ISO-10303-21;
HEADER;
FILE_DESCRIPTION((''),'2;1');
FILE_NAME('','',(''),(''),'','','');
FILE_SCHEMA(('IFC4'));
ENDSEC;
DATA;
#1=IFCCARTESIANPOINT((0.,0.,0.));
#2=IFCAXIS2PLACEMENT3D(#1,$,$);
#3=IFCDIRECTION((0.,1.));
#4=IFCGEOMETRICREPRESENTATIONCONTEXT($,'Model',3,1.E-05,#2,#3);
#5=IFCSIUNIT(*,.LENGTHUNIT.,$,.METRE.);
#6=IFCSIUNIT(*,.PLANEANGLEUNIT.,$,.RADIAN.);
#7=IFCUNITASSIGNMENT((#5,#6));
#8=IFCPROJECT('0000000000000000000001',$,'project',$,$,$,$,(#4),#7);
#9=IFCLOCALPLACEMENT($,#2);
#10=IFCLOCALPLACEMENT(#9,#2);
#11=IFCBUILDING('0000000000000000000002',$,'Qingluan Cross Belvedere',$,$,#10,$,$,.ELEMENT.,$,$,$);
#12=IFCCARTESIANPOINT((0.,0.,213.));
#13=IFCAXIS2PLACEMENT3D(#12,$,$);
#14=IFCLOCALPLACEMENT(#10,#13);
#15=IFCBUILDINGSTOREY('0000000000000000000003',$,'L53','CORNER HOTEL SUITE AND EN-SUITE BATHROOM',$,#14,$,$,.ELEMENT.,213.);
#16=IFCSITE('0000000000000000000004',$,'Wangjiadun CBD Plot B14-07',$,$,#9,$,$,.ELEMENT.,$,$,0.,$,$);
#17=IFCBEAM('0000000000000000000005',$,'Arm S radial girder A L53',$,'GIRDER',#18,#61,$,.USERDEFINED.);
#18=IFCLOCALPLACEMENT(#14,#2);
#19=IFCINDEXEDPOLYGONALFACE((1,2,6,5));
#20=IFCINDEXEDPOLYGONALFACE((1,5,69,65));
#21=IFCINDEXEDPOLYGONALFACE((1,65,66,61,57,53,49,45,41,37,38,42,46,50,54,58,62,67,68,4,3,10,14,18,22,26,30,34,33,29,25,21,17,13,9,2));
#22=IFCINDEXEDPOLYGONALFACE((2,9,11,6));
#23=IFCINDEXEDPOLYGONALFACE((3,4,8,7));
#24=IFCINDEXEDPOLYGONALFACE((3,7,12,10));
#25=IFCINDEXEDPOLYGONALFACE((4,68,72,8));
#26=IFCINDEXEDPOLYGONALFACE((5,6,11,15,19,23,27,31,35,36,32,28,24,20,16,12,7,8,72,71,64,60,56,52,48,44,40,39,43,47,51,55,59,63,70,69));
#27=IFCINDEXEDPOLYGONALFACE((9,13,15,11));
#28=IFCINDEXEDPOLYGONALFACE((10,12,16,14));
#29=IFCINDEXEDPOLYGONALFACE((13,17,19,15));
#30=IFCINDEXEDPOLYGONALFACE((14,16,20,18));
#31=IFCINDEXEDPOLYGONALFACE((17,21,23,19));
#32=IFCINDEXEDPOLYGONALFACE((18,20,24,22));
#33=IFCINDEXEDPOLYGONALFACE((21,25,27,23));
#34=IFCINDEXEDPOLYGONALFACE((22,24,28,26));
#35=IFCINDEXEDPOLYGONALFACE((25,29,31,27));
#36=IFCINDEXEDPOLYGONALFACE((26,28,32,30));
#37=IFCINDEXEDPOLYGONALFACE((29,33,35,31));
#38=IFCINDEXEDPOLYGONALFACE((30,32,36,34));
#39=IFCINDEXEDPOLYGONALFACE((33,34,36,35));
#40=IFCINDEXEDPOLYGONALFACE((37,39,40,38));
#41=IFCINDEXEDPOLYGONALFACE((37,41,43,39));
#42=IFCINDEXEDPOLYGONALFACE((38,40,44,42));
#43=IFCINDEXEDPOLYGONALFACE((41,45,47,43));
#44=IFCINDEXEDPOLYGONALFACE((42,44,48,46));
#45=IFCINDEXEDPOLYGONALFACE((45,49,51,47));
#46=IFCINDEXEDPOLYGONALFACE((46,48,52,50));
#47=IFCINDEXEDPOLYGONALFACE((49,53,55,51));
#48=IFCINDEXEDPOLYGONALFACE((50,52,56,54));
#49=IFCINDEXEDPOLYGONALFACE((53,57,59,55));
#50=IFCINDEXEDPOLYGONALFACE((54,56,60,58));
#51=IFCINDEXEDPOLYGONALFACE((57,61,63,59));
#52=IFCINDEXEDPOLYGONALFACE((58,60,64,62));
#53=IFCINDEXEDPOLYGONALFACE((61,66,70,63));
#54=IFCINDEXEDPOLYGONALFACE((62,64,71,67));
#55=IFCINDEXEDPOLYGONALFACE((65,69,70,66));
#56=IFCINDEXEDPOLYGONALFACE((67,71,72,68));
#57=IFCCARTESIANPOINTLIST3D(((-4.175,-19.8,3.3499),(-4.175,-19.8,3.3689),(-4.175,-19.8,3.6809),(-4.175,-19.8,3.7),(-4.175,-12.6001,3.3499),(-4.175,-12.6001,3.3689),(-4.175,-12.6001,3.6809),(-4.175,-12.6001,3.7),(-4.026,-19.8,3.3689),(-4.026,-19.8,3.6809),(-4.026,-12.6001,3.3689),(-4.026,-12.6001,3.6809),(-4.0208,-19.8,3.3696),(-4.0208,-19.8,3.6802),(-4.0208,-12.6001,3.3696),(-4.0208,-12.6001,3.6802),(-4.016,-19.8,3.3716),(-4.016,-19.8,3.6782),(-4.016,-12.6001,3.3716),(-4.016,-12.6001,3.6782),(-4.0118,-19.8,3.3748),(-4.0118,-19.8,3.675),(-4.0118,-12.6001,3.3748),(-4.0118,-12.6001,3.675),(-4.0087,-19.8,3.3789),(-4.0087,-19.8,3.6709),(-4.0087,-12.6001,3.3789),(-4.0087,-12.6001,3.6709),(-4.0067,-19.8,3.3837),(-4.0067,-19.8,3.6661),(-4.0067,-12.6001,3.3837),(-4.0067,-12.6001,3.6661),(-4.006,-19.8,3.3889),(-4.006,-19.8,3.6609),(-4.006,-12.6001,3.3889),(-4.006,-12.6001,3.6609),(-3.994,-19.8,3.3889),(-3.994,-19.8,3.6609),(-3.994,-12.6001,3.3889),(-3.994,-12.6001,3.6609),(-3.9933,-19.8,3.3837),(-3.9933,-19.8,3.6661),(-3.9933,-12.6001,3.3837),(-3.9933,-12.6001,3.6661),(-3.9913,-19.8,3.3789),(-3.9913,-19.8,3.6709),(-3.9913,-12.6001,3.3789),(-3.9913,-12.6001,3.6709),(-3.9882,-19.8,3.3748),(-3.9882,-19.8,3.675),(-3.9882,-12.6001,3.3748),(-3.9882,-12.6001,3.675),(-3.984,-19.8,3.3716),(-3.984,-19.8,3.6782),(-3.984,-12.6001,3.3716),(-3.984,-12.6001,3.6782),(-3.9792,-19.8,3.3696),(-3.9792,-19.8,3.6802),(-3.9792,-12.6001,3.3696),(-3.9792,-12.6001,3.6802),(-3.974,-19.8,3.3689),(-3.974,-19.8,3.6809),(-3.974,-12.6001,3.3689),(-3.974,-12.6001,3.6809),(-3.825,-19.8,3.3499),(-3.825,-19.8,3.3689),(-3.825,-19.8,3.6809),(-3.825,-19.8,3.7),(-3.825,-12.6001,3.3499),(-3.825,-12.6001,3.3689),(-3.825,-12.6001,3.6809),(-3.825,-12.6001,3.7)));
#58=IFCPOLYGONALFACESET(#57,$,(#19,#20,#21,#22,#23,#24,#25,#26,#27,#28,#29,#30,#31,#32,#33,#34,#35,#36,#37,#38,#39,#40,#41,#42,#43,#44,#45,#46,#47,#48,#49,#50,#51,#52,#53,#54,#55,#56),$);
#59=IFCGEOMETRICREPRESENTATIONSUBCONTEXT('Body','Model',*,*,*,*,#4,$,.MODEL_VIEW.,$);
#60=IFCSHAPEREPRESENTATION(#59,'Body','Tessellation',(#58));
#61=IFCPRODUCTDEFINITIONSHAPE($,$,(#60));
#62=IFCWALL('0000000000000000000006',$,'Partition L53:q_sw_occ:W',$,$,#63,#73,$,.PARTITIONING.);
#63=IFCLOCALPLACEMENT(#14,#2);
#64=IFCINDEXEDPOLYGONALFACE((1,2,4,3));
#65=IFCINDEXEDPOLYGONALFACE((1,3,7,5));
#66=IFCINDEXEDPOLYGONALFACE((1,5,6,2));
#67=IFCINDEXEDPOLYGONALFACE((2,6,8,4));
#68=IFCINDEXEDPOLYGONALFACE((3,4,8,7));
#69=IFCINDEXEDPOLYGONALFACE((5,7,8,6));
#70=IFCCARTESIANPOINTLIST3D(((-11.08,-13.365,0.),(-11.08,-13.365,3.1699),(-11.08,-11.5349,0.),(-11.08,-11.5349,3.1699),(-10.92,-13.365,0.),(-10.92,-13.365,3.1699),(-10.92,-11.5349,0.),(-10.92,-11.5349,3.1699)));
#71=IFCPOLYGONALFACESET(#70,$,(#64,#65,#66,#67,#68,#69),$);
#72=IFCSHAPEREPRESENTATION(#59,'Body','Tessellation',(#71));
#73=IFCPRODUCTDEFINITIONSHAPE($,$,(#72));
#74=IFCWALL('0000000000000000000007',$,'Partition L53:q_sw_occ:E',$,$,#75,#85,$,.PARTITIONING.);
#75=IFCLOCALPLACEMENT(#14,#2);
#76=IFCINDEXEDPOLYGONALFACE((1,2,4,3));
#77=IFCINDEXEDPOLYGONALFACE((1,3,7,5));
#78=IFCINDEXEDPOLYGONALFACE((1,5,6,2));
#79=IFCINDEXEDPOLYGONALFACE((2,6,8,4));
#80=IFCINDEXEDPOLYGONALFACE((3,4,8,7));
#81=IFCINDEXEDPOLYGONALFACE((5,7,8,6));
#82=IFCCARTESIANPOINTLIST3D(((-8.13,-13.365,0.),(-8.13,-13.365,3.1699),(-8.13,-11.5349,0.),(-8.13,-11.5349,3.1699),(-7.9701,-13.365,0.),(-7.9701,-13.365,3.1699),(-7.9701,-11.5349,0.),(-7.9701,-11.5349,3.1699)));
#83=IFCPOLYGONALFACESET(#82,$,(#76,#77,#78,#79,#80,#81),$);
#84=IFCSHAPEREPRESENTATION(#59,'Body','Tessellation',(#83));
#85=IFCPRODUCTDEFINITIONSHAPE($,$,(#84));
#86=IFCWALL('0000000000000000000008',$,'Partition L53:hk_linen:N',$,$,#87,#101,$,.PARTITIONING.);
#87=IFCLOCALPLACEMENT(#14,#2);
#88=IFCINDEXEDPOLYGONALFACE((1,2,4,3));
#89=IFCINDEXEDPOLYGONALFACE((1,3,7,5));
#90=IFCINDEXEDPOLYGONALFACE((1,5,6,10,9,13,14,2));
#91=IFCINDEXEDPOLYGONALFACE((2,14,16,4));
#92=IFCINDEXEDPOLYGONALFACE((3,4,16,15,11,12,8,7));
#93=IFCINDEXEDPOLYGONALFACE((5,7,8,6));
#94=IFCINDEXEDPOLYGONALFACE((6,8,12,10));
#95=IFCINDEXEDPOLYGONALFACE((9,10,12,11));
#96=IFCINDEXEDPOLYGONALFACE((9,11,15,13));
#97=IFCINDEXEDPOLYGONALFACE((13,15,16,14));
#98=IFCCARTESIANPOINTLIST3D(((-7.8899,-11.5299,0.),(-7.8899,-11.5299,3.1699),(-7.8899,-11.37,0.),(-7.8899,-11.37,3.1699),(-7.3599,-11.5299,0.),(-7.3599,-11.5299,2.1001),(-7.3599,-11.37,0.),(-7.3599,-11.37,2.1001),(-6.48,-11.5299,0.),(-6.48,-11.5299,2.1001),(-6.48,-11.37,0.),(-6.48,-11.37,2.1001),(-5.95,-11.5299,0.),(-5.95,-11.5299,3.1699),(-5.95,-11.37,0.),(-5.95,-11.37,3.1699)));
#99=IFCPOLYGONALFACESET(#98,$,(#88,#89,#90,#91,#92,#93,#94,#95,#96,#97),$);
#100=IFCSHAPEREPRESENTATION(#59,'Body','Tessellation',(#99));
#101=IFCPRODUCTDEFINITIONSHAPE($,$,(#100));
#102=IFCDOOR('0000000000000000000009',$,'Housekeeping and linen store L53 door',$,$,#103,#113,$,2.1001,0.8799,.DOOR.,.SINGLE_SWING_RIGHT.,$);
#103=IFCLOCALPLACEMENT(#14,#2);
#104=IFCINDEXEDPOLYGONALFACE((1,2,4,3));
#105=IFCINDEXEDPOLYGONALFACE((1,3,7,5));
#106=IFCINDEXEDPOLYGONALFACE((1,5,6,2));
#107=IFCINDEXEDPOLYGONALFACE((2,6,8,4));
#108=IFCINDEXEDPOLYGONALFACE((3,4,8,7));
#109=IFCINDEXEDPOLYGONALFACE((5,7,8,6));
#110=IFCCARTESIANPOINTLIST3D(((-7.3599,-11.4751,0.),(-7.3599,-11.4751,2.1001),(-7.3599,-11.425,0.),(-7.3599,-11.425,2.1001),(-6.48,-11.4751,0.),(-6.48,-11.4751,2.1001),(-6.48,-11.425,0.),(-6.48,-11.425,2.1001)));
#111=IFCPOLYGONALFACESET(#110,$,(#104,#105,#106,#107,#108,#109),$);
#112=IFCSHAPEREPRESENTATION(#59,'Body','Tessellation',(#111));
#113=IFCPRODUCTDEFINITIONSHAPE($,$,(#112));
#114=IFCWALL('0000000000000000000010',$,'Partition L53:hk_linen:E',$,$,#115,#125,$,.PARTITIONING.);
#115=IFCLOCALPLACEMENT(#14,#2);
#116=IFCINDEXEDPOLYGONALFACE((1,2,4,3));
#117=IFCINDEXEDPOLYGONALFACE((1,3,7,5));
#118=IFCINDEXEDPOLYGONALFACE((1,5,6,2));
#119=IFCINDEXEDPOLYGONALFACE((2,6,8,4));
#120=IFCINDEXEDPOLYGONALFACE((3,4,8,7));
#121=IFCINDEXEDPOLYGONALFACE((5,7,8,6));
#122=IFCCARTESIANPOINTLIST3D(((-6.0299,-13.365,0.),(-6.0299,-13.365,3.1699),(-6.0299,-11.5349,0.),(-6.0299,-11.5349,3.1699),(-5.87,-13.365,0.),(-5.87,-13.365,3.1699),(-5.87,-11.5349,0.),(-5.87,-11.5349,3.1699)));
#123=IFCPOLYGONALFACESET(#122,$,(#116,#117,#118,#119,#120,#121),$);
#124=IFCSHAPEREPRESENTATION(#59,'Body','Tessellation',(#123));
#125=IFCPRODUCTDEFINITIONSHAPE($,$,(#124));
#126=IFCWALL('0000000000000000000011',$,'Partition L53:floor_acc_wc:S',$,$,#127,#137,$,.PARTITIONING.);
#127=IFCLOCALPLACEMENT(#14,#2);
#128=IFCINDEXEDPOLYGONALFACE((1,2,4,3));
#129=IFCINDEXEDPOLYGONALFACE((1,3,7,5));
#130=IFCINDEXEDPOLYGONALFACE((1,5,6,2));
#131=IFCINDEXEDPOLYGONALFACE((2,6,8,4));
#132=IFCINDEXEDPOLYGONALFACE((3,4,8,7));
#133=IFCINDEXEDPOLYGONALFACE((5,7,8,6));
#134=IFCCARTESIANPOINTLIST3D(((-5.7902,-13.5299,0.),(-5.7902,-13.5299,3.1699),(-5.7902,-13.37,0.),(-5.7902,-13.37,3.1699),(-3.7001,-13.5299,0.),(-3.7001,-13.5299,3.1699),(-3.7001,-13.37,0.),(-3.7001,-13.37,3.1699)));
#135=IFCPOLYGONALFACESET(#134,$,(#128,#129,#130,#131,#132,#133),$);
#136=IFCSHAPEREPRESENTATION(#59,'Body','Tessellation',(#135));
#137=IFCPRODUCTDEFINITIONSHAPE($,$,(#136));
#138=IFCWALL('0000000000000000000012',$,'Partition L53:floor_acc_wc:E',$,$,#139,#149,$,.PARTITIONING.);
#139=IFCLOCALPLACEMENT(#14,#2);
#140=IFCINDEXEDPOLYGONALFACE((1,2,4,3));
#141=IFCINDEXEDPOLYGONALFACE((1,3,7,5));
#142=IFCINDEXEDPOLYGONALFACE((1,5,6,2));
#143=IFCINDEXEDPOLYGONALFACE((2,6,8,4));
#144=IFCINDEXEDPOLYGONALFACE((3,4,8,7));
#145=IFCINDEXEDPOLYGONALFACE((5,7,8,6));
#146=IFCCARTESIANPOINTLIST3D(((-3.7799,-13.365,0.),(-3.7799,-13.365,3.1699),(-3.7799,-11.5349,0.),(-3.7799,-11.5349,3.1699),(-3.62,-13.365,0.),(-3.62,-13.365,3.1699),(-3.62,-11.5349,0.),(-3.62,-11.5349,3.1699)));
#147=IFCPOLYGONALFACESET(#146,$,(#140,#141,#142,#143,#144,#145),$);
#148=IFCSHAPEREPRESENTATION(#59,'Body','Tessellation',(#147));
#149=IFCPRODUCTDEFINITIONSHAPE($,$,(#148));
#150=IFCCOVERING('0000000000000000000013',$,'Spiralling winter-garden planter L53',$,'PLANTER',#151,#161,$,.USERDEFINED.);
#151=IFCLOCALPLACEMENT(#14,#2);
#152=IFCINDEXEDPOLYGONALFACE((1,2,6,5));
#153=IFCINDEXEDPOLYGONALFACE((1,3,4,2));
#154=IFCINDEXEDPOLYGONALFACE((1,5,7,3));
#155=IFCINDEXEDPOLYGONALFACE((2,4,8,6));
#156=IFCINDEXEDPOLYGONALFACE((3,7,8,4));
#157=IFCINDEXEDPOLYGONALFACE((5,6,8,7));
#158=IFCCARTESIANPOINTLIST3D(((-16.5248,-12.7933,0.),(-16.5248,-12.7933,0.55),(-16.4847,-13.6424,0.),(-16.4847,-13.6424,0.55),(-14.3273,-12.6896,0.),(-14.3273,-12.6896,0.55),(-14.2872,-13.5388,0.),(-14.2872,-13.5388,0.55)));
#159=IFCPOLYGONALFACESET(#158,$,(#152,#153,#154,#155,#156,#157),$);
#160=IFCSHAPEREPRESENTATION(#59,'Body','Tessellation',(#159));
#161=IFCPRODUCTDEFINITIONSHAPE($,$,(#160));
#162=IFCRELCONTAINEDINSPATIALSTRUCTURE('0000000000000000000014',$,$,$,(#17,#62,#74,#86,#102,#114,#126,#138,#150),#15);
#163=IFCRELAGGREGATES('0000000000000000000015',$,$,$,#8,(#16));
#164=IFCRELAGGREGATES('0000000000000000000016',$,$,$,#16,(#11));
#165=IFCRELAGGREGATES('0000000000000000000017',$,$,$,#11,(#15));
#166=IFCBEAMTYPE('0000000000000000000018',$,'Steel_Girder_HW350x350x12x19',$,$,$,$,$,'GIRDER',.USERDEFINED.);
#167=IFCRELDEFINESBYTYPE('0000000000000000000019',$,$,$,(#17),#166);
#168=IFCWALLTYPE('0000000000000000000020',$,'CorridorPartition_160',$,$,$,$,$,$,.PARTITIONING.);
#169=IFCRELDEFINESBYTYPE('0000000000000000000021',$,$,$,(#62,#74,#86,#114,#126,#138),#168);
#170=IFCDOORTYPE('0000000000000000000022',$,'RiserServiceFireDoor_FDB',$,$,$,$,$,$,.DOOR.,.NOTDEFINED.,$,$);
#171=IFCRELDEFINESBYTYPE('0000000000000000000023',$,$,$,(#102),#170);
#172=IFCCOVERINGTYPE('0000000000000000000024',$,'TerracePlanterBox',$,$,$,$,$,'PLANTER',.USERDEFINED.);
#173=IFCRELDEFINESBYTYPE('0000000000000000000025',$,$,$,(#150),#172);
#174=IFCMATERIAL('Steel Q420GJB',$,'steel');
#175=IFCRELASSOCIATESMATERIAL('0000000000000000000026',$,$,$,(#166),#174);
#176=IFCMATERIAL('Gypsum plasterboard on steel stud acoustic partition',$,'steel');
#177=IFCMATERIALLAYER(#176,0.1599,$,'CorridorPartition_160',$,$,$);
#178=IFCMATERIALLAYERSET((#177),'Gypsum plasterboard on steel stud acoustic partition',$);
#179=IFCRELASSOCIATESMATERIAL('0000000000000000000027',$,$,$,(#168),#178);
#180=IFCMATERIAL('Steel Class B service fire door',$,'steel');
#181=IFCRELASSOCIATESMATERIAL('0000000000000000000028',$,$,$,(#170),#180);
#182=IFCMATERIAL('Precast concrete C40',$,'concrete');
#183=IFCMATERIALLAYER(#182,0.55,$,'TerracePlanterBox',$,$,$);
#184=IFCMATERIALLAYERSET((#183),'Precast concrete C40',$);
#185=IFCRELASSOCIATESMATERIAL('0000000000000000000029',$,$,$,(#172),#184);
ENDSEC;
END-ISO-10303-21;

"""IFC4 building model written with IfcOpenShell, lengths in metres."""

from ifc_helpers import new_model, si_unit, direction, frame, frame_2d, origin, origin_2d, place, context, subcontext, project, spatial, rectangle, i_section, extrude, material, layer, layer_set, material_profile, profile_set, type_object, element, fill, save


model = new_model("IFC4")

# Units and contexts
model_context = context("Model", 3, precision=1e-05, world=origin(), true_north=direction((0.0, 1.0)))
body_context = subcontext(model_context, "Body", "Model", "MODEL_VIEW")
ifc_project = project(units=[si_unit("LENGTHUNIT", "METRE"), si_unit("PLANEANGLEUNIT", "RADIAN")], contexts=[model_context])

# Site, building, storey
site_placement = place(None, origin())
site = spatial("IfcSite", under=ifc_project, at=site_placement, Name="Wangjiadun CBD Plot B14-07", CompositionType="ELEMENT", RefElevation=0.0)
building_placement = place(site_placement, origin())
building = spatial("IfcBuilding", under=site, at=building_placement, Name="Qingluan Cross Belvedere", CompositionType="ELEMENT")
storey_placement = place(building_placement, frame((0.0, 0.0, 213.0)))
storey = spatial("IfcBuildingStorey", under=building, at=storey_placement, Name="L53", Description="CORNER HOTEL SUITE AND EN-SUITE BATHROOM", CompositionType="ELEMENT", Elevation=213.0)

# Beam
ifc_material_1 = material(Name="Steel Q420GJB", Category="steel")
ifc_material_profile_1 = material_profile(ifc_material_1, i_section(OverallWidth=0.3501, OverallDepth=0.3501, WebThickness=0.012, FlangeThickness=0.019, FilletRadius=0.02, at=origin_2d()), Name="HW350x350x12x19")
ifc_profile_set_1 = profile_set([ifc_material_profile_1], Name="Steel Q420GJB")
beam_type_1 = type_object("IfcBeamType", Name="Steel_Girder_HW350x350x12x19", ElementType="GIRDER", PredefinedType="USERDEFINED", material=ifc_profile_set_1)
beam_1_placement = place(storey_placement, frame((-4.0, -12.6001, 3.5249), z_axis=(0.0, -1.0, 0.0), x_axis=(1.0, 0.0, 0.0)))
element("IfcBeam", 1, at=beam_1_placement, inside=storey, type_object=beam_type_1, Name="Arm S radial girder A L53", ObjectType="GIRDER", PredefinedType="USERDEFINED", context=body_context, shape_type="SweptSolid", body=[
    extrude(i_section(OverallWidth=0.3501, OverallDepth=0.3501, WebThickness=0.012, FlangeThickness=0.019, FilletRadius=0.02, at=origin_2d()), origin(), (0.0, 0.0, 1.0), 7.2),
])

# Shared definitions
ifc_material_2 = material(Name="Gypsum plasterboard on steel stud acoustic partition", Category="steel")
ifc_layer_1 = layer(ifc_material_2, 0.1599, Name="CorridorPartition_160")
ifc_layer_set_1 = layer_set([ifc_layer_1], Name="Gypsum plasterboard on steel stud acoustic partition")
wall_type = type_object("IfcWallType", Name="CorridorPartition_160", PredefinedType="PARTITIONING", material=ifc_layer_set_1)

# Walls
for number, where, z_axis, x_axis, name in (
    (2, (-11.0, -13.365, 0.0), (0.0, 0.0, 1.0), (0.0, 1.0, 0.0), "Partition L53:q_sw_occ:W"),
    (3, (-8.05, -13.365, 0.0), (0.0, 0.0, 1.0), (0.0, 1.0, 0.0), "Partition L53:q_sw_occ:E"),
):
    element("IfcWall", number, at=place(storey_placement, frame(where, z_axis=z_axis, x_axis=x_axis)), inside=storey, type_object=wall_type, Name=name, PredefinedType="PARTITIONING", context=body_context, shape_type="SweptSolid", body=[
        extrude(rectangle(XDim=1.8301, YDim=0.1599, at=frame_2d((0.915, 0.0))), origin(), (0.0, 0.0, 1.0), 3.1699),
    ])

# Wall, opening, door
wall_1_placement = place(storey_placement, frame((-7.8899, -11.45, 0.0), z_axis=(0.0, 0.0, 1.0), x_axis=(1.0, 0.0, 0.0)))
wall_1 = element("IfcWall", 4, at=wall_1_placement, inside=storey, type_object=wall_type, Name="Partition L53:hk_linen:N", PredefinedType="PARTITIONING", context=body_context, shape_type="SweptSolid", body=[
    extrude(rectangle(XDim=1.9399, YDim=0.1599, at=frame_2d((0.97, 0.0))), origin(), (0.0, 0.0, 1.0), 3.1699),
])
opening_1_placement = place(wall_1_placement, frame((0.53, 0.0, 0.0)))
opening_1 = element("IfcOpeningElement", 5, at=opening_1_placement, cuts=wall_1, PredefinedType="OPENING", context=body_context, shape_type="SweptSolid", body=[
    extrude(rectangle(XDim=0.8799, YDim=2.1001, at=frame_2d((0.4399, 1.05))), frame((0.0, 0.0898, 0.0), z_axis=(0.0, -1.0, 0.0), x_axis=(1.0, 0.0, 0.0)), (0.0, 0.0, 1.0), 0.1799),
])
ifc_material_3 = material(Name="Steel Class B service fire door", Category="steel")
door_type_1 = type_object("IfcDoorType", Name="RiserServiceFireDoor_FDB", OperationType="NOTDEFINED", PredefinedType="DOOR", material=ifc_material_3)
door_1_placement = place(opening_1_placement, origin())
door_1 = element("IfcDoor", 6, at=door_1_placement, inside=storey, type_object=door_type_1, Name="Housekeeping and linen store L53 door", OperationType="SINGLE_SWING_RIGHT", OverallHeight=2.1001, OverallWidth=0.8799, PredefinedType="DOOR", context=body_context, shape_type="SweptSolid", body=[
    extrude(rectangle(XDim=0.8799, YDim=2.1001, at=frame_2d((0.4399, 1.05))), frame((0.0, 0.0249, 0.0), z_axis=(0.0, -1.0, 0.0), x_axis=(1.0, 0.0, 0.0)), (0.0, 0.0, 1.0), 0.05),
])
fill(opening_1, door_1)

# Walls
wall_2_placement = place(storey_placement, frame((-5.95, -13.365, 0.0), z_axis=(0.0, 0.0, 1.0), x_axis=(0.0, 1.0, 0.0)))
element("IfcWall", 7, at=wall_2_placement, inside=storey, type_object=wall_type, Name="Partition L53:hk_linen:E", PredefinedType="PARTITIONING", context=body_context, shape_type="SweptSolid", body=[
    extrude(rectangle(XDim=1.8301, YDim=0.1599, at=frame_2d((0.915, 0.0))), origin(), (0.0, 0.0, 1.0), 3.1699),
])
wall_3_placement = place(storey_placement, frame((-5.79, -13.45, 0.0), z_axis=(0.0, 0.0, 1.0), x_axis=(1.0, 0.0, 0.0)))
element("IfcWall", 8, at=wall_3_placement, inside=storey, type_object=wall_type, Name="Partition L53:floor_acc_wc:S", PredefinedType="PARTITIONING", context=body_context, shape_type="SweptSolid", body=[
    extrude(rectangle(XDim=2.0901, YDim=0.1599, at=frame_2d((1.0449, 0.0))), origin(), (0.0, 0.0, 1.0), 3.1699),
])
wall_4_placement = place(storey_placement, frame((-3.7, -13.365, 0.0), z_axis=(0.0, 0.0, 1.0), x_axis=(0.0, 1.0, 0.0)))
element("IfcWall", 9, at=wall_4_placement, inside=storey, type_object=wall_type, Name="Partition L53:floor_acc_wc:E", PredefinedType="PARTITIONING", context=body_context, shape_type="SweptSolid", body=[
    extrude(rectangle(XDim=1.8301, YDim=0.1599, at=frame_2d((0.915, 0.0))), origin(), (0.0, 0.0, 1.0), 3.1699),
])

# Covering
ifc_material_4 = material(Name="Precast concrete C40", Category="concrete")
ifc_layer_2 = layer(ifc_material_4, 0.55, Name="TerracePlanterBox")
ifc_layer_set_2 = layer_set([ifc_layer_2], Name="Precast concrete C40")
covering_type = type_object("IfcCoveringType", Name="TerracePlanterBox", ElementType="PLANTER", PredefinedType="USERDEFINED", material=ifc_layer_set_2)
covering_placement = place(storey_placement, frame((-15.406, -13.166, 0.0), z_axis=(0.0, 0.0, 1.0), x_axis=(0.99889, 0.047106, 0.0)))
element("IfcCovering", 10, at=covering_placement, inside=storey, type_object=covering_type, Name="Spiralling winter-garden planter L53", ObjectType="PLANTER", PredefinedType="USERDEFINED", context=body_context, shape_type="SweptSolid", body=[
    extrude(rectangle(XDim=2.2, YDim=0.8501, at=origin_2d()), origin(), (0.0, 0.0, 1.0), 0.55),
])

save(model, "model.ifc")
